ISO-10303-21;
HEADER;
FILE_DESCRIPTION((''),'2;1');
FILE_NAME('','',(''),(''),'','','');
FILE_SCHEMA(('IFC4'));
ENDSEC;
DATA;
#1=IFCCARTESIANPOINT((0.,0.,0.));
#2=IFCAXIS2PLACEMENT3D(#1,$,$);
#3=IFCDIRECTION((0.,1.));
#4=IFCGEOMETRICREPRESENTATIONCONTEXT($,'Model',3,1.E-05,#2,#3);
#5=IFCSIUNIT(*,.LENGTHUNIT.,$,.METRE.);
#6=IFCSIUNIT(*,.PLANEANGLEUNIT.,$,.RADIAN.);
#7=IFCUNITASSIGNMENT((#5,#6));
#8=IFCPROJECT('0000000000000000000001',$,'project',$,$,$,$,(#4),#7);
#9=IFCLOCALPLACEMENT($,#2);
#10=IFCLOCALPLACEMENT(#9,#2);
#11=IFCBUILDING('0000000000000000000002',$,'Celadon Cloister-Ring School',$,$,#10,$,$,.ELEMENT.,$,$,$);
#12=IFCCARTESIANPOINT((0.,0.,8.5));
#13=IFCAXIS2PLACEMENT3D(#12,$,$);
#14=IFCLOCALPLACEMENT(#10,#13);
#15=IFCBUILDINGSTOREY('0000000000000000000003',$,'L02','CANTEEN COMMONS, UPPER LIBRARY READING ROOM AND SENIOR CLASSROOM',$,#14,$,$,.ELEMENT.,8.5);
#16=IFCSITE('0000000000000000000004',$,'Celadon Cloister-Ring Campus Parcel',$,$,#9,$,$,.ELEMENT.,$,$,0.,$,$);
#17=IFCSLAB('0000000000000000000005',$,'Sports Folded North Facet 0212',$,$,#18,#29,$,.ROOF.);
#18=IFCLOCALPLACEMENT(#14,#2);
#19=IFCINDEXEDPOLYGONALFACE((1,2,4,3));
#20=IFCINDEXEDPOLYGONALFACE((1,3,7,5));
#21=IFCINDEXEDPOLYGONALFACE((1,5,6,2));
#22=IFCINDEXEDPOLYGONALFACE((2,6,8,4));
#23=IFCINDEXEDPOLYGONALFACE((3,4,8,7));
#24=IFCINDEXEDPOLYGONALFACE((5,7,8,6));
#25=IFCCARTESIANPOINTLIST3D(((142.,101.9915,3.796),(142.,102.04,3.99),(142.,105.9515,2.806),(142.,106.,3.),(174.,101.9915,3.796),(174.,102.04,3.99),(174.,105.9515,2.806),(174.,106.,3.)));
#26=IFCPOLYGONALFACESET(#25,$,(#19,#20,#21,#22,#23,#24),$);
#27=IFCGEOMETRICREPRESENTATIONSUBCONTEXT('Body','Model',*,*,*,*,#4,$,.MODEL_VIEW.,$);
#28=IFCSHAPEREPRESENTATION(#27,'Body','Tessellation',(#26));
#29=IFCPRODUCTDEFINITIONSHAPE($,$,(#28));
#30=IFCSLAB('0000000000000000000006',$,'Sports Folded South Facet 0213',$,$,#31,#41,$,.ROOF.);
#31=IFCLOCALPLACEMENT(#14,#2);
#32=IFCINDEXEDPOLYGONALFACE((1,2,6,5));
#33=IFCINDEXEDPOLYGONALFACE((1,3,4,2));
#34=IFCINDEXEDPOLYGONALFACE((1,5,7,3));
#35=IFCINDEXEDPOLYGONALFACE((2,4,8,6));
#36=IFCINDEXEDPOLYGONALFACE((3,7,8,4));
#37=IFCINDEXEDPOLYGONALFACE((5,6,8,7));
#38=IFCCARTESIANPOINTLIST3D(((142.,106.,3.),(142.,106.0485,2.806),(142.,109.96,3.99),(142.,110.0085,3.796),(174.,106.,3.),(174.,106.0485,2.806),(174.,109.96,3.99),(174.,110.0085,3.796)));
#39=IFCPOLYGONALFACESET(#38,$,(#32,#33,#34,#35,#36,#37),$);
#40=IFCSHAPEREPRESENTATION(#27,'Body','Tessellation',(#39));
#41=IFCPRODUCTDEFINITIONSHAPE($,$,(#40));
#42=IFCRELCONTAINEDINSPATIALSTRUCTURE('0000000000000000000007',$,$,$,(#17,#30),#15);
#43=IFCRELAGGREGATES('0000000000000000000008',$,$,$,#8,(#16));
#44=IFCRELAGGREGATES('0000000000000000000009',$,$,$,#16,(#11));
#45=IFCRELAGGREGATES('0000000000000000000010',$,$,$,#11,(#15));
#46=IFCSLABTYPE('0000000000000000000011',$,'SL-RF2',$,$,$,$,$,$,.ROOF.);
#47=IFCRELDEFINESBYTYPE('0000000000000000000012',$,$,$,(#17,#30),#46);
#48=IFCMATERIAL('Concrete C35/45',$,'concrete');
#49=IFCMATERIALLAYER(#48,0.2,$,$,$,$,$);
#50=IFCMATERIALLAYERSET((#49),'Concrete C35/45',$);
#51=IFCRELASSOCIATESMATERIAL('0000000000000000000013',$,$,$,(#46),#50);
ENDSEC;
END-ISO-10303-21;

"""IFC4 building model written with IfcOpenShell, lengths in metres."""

from ifc_helpers import new_model, si_unit, direction, frame, origin, place, context, subcontext, project, spatial, polyline, outline, extrude, material, layer, layer_set, type_object, element, save


model = new_model("IFC4")

# Units and contexts
model_context = context("Model", 3, precision=1e-05, world=origin(), true_north=direction((0.0, 1.0)))
body_context = subcontext(model_context, "Body", "Model", "MODEL_VIEW")
ifc_project = project(units=[si_unit("LENGTHUNIT", "METRE"), si_unit("PLANEANGLEUNIT", "RADIAN")], contexts=[model_context])

# Site, building, storey
site_placement = place(None, origin())
site = spatial("IfcSite", under=ifc_project, at=site_placement, Name="Celadon Cloister-Ring Campus Parcel", CompositionType="ELEMENT", RefElevation=0.0)
building_placement = place(site_placement, origin())
building = spatial("IfcBuilding", under=site, at=building_placement, Name="Celadon Cloister-Ring School", CompositionType="ELEMENT")
storey_placement = place(building_placement, frame((0.0, 0.0, 8.5)))
storey = spatial("IfcBuildingStorey", under=building, at=storey_placement, Name="L02", Description="CANTEEN COMMONS, UPPER LIBRARY READING ROOM AND SENIOR CLASSROOM", CompositionType="ELEMENT", Elevation=8.5)

# Slabs
ifc_material_1 = material(Name="Concrete C35/45", Category="concrete")
ifc_layer_1 = layer(ifc_material_1, 0.2)
ifc_layer_set_1 = layer_set([ifc_layer_1], Name="Concrete C35/45")
slab_type = type_object("IfcSlabType", Name="SL-RF2", PredefinedType="ROOF", material=ifc_layer_set_1)
for number, where, z_axis, x_axis, name in (
    (1, (142.0, 102.04, 3.99), (0.0, 0.242536, 0.970143), (1.0, 0.0, 0.0), "Sports Folded North Facet 0212"),
    (2, (142.0, 106.0, 3.0), (0.0, -0.242536, 0.970143), (1.0, 0.0, 0.0), "Sports Folded South Facet 0213"),
):
    element("IfcSlab", number, at=place(storey_placement, frame(where, z_axis=z_axis, x_axis=x_axis)), inside=storey, type_object=slab_type, Name=name, PredefinedType="ROOF", context=body_context, shape_type="SweptSolid", body=[
        extrude(outline(polyline([(0.0, 0.0), (32.0, 0.0), (32.0, 4.0818), (0.0, 4.0818), (0.0, 0.0)])), origin(), (0.0, 0.0, -1.0), 0.2),
    ])

save(model, "model.ifc")
